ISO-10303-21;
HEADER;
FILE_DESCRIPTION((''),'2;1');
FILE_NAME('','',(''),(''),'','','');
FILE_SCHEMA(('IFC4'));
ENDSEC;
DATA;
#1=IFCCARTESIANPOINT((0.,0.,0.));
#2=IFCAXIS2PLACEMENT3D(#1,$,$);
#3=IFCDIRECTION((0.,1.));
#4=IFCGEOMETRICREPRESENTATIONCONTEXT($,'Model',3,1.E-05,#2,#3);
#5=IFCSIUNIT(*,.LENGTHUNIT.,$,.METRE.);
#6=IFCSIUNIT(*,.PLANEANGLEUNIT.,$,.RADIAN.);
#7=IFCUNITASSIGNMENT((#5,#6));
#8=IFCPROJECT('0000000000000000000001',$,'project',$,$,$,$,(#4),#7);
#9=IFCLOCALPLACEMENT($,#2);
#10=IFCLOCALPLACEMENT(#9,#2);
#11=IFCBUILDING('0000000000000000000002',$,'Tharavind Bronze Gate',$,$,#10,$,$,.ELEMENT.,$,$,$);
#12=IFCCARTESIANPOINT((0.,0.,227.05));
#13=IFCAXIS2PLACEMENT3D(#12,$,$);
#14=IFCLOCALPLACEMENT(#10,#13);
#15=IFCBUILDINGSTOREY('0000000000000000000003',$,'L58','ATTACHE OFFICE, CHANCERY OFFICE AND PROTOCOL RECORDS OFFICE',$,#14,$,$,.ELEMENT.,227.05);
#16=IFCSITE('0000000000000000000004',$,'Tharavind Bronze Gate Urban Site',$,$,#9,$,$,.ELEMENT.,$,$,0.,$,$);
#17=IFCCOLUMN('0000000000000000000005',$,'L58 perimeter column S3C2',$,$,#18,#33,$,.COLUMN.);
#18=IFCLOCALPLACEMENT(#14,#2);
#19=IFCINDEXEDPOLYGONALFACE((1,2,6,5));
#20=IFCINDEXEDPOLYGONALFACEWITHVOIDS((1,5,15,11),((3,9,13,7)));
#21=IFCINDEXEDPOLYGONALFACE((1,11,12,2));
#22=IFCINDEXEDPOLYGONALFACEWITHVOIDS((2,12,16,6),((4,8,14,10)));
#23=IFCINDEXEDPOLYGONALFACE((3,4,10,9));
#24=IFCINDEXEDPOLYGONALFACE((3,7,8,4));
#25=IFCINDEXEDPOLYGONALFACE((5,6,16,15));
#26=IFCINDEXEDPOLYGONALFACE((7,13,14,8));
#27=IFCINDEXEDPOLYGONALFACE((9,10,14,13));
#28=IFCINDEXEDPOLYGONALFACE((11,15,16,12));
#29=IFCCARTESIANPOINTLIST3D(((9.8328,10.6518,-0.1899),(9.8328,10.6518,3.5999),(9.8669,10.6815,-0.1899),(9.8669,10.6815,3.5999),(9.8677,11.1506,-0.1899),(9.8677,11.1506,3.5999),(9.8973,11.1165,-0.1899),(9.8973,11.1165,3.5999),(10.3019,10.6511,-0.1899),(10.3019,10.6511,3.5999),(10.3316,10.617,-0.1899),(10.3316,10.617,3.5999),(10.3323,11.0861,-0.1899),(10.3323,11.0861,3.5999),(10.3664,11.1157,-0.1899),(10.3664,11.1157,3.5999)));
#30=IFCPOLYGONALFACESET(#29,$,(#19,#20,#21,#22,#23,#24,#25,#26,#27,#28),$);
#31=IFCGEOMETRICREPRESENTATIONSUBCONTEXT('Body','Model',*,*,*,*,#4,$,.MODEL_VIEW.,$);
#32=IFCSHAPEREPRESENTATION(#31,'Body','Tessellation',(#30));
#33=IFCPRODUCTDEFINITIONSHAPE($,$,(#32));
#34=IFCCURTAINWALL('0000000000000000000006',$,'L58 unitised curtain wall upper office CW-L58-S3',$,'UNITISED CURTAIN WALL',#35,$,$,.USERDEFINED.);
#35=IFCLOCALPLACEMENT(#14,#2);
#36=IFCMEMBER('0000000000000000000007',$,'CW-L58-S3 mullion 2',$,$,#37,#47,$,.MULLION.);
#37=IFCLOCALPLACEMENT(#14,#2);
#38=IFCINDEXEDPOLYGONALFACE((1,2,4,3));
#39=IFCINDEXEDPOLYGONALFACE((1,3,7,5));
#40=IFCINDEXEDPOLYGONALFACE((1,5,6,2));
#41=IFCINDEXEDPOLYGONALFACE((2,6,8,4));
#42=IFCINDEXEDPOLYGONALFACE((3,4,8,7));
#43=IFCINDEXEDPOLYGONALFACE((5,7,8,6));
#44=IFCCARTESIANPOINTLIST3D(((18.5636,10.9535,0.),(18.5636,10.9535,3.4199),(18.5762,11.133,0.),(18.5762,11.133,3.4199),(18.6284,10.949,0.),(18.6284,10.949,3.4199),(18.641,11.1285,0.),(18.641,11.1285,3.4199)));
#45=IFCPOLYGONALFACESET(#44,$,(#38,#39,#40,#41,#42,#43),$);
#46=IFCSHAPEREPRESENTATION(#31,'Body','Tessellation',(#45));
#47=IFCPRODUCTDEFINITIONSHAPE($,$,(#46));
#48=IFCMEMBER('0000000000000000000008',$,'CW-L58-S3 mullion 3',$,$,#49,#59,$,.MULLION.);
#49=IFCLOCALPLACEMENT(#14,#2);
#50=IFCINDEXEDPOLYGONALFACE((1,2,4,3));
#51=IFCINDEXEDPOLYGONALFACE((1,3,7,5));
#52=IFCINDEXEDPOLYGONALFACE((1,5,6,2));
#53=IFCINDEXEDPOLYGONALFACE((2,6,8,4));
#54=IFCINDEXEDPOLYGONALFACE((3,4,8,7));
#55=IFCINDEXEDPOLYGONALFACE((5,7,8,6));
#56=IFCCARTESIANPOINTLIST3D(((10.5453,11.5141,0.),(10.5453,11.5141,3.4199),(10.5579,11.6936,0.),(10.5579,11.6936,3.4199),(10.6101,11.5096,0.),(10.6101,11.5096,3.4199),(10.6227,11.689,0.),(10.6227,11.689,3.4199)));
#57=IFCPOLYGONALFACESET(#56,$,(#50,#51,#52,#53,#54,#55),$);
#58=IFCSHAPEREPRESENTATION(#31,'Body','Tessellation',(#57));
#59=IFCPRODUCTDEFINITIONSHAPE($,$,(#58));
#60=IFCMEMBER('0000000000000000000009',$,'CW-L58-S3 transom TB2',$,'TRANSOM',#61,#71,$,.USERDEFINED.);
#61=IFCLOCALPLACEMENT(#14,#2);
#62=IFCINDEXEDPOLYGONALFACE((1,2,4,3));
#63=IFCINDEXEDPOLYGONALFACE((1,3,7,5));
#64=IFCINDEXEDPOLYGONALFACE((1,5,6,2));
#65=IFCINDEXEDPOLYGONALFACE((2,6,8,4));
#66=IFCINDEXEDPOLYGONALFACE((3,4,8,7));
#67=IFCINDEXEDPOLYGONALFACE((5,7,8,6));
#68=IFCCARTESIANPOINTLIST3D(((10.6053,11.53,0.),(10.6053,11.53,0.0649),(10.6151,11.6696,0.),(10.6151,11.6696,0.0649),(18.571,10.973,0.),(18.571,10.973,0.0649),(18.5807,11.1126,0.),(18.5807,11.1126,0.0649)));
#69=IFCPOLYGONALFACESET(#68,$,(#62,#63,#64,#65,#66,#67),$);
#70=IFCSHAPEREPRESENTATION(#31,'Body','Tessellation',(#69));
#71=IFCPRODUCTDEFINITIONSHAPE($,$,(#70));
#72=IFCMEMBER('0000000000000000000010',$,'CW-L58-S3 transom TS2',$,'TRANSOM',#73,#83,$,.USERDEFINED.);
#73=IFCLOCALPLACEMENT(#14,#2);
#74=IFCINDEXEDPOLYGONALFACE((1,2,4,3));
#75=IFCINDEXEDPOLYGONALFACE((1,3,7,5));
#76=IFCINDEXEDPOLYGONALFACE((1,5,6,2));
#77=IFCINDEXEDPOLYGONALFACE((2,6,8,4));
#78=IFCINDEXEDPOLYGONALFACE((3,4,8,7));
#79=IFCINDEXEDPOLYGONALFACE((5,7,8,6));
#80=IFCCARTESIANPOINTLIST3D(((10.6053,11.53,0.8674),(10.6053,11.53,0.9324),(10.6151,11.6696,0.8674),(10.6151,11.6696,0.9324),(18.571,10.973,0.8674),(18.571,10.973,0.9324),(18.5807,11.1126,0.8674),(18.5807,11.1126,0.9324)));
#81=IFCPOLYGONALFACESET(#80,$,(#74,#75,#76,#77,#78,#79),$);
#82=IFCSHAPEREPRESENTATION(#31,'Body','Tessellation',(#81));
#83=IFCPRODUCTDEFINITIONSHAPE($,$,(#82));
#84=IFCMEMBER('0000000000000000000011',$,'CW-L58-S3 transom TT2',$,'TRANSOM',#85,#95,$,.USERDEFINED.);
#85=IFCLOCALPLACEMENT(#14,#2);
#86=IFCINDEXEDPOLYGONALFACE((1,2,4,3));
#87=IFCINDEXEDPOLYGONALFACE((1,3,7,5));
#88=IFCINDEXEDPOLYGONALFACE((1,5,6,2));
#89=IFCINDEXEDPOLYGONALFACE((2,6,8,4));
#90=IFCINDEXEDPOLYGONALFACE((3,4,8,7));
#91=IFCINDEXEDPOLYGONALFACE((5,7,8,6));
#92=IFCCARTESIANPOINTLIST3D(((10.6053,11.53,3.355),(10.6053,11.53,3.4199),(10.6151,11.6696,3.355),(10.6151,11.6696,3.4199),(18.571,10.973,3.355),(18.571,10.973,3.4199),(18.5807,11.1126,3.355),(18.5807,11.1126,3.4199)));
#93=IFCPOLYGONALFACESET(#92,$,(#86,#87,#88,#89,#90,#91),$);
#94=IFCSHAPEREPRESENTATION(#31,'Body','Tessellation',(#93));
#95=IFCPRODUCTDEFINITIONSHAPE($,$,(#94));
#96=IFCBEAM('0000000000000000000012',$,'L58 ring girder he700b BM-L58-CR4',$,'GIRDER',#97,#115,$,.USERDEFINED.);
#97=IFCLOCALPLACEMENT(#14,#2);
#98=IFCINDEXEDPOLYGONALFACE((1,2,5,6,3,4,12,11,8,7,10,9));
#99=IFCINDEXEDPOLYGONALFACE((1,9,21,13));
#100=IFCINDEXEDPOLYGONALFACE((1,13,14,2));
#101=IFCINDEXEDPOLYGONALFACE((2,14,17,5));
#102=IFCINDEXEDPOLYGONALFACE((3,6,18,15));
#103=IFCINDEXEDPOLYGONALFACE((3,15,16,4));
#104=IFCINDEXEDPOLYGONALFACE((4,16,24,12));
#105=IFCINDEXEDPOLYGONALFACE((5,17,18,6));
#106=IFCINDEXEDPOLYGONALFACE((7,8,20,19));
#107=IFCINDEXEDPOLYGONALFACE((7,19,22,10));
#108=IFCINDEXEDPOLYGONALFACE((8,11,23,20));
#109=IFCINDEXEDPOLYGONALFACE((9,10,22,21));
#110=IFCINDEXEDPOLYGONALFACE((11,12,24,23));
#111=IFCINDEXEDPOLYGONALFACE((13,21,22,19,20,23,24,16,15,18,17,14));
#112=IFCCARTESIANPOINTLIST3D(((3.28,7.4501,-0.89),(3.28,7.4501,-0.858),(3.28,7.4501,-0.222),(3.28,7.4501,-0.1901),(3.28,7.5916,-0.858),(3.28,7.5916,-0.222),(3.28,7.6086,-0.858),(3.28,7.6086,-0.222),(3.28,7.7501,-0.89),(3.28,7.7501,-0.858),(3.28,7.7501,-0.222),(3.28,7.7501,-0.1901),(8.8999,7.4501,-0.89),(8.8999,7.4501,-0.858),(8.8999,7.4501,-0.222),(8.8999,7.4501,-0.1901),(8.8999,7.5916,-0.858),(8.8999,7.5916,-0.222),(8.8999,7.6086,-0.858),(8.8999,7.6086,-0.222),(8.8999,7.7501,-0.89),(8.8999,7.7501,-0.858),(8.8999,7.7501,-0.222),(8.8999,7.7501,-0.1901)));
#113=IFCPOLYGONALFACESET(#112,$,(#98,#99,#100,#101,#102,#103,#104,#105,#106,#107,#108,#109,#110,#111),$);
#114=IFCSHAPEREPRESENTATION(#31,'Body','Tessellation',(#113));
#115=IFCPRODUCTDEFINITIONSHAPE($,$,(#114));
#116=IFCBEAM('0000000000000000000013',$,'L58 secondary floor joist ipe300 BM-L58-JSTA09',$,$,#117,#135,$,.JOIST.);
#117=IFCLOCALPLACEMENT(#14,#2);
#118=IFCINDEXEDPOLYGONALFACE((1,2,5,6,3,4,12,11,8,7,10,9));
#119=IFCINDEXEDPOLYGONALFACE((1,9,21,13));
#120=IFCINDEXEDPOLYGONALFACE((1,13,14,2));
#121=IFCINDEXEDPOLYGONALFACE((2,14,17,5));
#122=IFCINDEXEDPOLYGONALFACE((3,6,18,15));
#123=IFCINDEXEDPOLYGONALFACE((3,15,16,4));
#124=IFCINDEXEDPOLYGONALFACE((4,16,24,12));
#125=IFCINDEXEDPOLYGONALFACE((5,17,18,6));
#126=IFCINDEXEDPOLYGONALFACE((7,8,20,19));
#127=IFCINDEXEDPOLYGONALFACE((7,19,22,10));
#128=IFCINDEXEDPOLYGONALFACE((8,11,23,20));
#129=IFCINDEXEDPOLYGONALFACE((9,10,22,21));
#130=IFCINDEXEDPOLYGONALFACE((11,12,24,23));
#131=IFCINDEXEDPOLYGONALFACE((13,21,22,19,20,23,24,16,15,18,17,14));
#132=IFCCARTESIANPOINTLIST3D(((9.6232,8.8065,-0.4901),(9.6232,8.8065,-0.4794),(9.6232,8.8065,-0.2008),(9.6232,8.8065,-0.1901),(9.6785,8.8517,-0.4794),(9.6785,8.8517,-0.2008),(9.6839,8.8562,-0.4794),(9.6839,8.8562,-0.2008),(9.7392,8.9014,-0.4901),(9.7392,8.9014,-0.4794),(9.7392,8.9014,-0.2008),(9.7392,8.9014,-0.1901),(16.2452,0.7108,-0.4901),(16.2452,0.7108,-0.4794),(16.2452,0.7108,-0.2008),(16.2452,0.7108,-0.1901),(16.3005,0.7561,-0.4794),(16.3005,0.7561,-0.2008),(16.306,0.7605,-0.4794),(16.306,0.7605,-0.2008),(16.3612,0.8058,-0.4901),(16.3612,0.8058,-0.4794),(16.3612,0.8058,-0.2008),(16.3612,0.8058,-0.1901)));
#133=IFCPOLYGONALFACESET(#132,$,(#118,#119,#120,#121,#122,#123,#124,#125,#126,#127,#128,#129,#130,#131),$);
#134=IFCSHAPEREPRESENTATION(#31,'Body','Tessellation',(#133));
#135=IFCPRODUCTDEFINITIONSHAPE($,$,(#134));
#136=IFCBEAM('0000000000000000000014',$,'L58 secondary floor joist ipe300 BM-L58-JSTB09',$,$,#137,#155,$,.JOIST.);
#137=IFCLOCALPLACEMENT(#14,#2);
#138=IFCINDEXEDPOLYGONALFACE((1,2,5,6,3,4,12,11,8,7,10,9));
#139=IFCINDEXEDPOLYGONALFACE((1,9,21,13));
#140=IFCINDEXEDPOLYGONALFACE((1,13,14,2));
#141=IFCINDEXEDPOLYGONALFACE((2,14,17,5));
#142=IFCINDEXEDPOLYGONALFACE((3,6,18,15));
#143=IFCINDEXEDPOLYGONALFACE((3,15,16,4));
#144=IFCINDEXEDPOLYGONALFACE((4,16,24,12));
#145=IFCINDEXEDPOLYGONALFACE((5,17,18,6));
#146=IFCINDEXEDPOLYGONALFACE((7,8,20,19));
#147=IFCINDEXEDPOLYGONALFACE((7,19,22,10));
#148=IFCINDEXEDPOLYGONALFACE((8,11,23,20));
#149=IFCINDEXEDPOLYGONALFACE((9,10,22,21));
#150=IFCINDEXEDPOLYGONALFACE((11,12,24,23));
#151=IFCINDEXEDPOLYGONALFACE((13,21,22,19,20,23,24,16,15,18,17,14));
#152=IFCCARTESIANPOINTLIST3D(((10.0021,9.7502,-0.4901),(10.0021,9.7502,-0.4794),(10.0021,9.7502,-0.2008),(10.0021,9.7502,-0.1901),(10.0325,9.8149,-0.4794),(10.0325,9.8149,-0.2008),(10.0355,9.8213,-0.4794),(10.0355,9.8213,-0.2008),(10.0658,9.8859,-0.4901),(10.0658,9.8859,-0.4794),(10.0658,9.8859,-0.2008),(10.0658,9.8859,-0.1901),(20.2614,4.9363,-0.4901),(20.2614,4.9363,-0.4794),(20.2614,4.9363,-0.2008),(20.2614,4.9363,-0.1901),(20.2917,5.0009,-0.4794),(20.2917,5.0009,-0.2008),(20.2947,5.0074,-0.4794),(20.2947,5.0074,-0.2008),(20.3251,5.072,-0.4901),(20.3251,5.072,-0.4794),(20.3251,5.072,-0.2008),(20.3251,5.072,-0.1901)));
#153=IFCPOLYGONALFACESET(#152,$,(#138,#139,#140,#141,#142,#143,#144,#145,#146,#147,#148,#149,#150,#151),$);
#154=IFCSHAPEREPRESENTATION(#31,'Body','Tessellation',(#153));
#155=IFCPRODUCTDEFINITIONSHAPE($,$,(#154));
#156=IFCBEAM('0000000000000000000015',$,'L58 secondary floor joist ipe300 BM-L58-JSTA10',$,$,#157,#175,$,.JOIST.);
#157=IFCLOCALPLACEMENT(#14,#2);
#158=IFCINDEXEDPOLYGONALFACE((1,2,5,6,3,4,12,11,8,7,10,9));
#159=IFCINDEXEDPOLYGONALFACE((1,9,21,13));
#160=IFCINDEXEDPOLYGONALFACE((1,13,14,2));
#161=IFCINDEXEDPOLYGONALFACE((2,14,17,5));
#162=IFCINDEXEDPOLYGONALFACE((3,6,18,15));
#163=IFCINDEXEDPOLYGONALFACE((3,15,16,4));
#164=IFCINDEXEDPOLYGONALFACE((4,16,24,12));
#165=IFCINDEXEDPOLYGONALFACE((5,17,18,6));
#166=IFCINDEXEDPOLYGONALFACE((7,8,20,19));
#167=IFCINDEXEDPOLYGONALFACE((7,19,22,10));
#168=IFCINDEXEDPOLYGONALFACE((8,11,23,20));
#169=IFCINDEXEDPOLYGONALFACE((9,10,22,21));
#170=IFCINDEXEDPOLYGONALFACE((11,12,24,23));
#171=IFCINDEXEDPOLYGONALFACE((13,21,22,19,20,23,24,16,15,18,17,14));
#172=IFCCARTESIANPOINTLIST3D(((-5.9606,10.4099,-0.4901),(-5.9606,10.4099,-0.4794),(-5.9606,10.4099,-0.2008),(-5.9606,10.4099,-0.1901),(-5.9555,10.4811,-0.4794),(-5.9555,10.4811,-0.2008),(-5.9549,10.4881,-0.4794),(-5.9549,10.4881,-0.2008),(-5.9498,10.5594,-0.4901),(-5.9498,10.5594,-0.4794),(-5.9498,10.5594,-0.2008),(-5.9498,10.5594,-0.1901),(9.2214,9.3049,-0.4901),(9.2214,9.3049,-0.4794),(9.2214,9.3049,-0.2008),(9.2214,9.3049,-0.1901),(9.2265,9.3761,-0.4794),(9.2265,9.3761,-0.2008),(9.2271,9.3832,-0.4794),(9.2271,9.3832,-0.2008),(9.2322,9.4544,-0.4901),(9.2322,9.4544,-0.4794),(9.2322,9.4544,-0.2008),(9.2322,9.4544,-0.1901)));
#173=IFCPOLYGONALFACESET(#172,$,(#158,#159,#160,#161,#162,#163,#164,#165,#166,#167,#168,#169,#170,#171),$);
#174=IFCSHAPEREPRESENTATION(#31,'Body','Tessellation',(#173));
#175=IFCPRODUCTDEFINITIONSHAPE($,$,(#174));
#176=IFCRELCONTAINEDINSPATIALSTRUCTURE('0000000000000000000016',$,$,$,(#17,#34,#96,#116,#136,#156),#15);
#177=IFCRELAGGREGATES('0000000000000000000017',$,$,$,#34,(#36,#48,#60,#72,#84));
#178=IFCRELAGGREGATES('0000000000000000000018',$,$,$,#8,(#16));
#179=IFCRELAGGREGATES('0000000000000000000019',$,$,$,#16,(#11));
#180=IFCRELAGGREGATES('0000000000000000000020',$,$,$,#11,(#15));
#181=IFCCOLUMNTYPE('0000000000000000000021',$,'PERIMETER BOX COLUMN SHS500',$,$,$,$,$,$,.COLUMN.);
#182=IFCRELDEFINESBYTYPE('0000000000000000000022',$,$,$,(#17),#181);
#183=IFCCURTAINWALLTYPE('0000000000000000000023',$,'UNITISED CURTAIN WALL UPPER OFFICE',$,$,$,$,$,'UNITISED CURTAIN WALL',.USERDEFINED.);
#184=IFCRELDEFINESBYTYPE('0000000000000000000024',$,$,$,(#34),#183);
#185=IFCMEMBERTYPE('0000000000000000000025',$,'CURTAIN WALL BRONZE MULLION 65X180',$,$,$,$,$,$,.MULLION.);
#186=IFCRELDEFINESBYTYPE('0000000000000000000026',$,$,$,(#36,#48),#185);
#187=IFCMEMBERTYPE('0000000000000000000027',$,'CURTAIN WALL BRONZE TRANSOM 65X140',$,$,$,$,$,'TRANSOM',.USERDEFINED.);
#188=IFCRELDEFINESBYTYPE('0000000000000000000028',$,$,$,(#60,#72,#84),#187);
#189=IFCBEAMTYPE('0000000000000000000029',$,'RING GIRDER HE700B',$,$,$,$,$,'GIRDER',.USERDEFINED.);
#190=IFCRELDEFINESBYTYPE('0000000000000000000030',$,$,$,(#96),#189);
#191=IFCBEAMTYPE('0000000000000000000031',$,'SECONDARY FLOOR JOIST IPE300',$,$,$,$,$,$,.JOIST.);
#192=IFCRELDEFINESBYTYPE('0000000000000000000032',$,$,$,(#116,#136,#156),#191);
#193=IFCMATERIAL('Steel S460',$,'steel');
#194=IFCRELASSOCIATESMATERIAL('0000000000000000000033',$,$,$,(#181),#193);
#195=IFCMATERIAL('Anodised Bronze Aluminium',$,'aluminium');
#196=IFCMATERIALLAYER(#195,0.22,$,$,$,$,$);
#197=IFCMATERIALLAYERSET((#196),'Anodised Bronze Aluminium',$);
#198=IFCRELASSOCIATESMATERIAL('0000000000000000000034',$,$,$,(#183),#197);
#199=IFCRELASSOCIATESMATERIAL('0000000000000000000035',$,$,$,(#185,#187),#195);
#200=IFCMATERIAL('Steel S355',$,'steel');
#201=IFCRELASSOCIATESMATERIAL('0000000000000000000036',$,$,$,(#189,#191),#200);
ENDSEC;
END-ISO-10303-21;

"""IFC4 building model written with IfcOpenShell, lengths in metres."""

from ifc_helpers import new_model, si_unit, direction, frame, origin, origin_2d, place, context, subcontext, project, spatial, rectangle, hollow_rectangle, i_section, extrude, material, layer, layer_set, material_profile, profile_set, type_object, element, aggregate, save


model = new_model("IFC4")

# Units and contexts
model_context = context("Model", 3, precision=1e-05, world=origin(), true_north=direction((0.0, 1.0)))
body_context = subcontext(model_context, "Body", "Model", "MODEL_VIEW")
ifc_project = project(units=[si_unit("LENGTHUNIT", "METRE"), si_unit("PLANEANGLEUNIT", "RADIAN")], contexts=[model_context])

# Site, building, storey
site_placement = place(None, origin())
site = spatial("IfcSite", under=ifc_project, at=site_placement, Name="Tharavind Bronze Gate Urban Site", CompositionType="ELEMENT", RefElevation=0.0)
building_placement = place(site_placement, origin())
building = spatial("IfcBuilding", under=site, at=building_placement, Name="Tharavind Bronze Gate", CompositionType="ELEMENT")
storey_placement = place(building_placement, frame((0.0, 0.0, 227.05)))
storey = spatial("IfcBuildingStorey", under=building, at=storey_placement, Name="L58", Description="ATTACHE OFFICE, CHANCERY OFFICE AND PROTOCOL RECORDS OFFICE", CompositionType="ELEMENT", Elevation=227.05)

# Column
ifc_material_1 = material(Name="Steel S460", Category="steel")
ifc_material_profile_1 = material_profile(ifc_material_1, hollow_rectangle(XDim=0.5, YDim=0.5, WallThickness=0.032, at=origin_2d()), Name="SHS500X32")
ifc_profile_set_1 = profile_set([ifc_material_profile_1], Name="Steel S460")
column_type = type_object("IfcColumnType", Name="PERIMETER BOX COLUMN SHS500", PredefinedType="COLUMN", material=ifc_profile_set_1)
column_placement = place(storey_placement, frame((10.0996, 10.8838, -0.1899), z_axis=(0.0, 0.0, 1.0), x_axis=(-0.997564, 0.069756, 0.0)))
element("IfcColumn", 1, at=column_placement, inside=storey, type_object=column_type, Name="L58 perimeter column S3C2", PredefinedType="COLUMN", context=body_context, shape_type="SweptSolid", body=[
    extrude(hollow_rectangle(XDim=0.5, YDim=0.5, WallThickness=0.032, at=origin_2d()), origin(), (0.0, 0.0, 1.0), 3.7898),
])

# Curtain wall, members
ifc_material_2 = material(Name="Anodised Bronze Aluminium", Category="aluminium")
ifc_layer_1 = layer(ifc_material_2, 0.22)
ifc_layer_set_1 = layer_set([ifc_layer_1], Name="Anodised Bronze Aluminium")
curtain_wall_type = type_object("IfcCurtainWallType", Name="UNITISED CURTAIN WALL UPPER OFFICE", ElementType="UNITISED CURTAIN WALL", PredefinedType="USERDEFINED", material=ifc_layer_set_1)
curtain_wall_placement = place(storey_placement, origin())
curtain_wall = element("IfcCurtainWall", 2, at=curtain_wall_placement, inside=storey, type_object=curtain_wall_type, Name="L58 unitised curtain wall upper office CW-L58-S3", ObjectType="UNITISED CURTAIN WALL", PredefinedType="USERDEFINED")
member_type_1 = type_object("IfcMemberType", Name="CURTAIN WALL BRONZE MULLION 65X180", PredefinedType="MULLION", material=ifc_material_2)
member_1_placement = place(storey_placement, frame((18.6023, 11.041, 0.0), z_axis=(0.0, 0.0, 1.0), x_axis=(-0.997564, 0.069758, 0.0)))
member_1 = element("IfcMember", 3, at=member_1_placement, type_object=member_type_1, Name="CW-L58-S3 mullion 2", PredefinedType="MULLION", context=body_context, shape_type="SweptSolid", body=[
    extrude(rectangle(XDim=0.0649, YDim=0.1799, at=origin_2d()), origin(), (0.0, 0.0, 1.0), 3.4199),
])
member_2_placement = place(storey_placement, frame((10.584, 11.6016, 0.0), z_axis=(0.0, 0.0, 1.0), x_axis=(-0.997564, 0.069758, 0.0)))
member_2 = element("IfcMember", 4, at=member_2_placement, type_object=member_type_1, Name="CW-L58-S3 mullion 3", PredefinedType="MULLION", context=body_context, shape_type="SweptSolid", body=[
    extrude(rectangle(XDim=0.0649, YDim=0.1799, at=origin_2d()), origin(), (0.0, 0.0, 1.0), 3.4199),
])
member_type_2 = type_object("IfcMemberType", Name="CURTAIN WALL BRONZE TRANSOM 65X140", ElementType="TRANSOM", PredefinedType="USERDEFINED", material=ifc_material_2)
member_3_placement = place(storey_placement, frame((14.593, 11.3213, 0.0), z_axis=(0.0, 0.0, 1.0), x_axis=(-0.997564, 0.069758, 0.0)))
member_3 = element("IfcMember", 5, at=member_3_placement, type_object=member_type_2, Name="CW-L58-S3 transom TB2", ObjectType="TRANSOM", PredefinedType="USERDEFINED", context=body_context, shape_type="SweptSolid", body=[
    extrude(rectangle(XDim=7.9851, YDim=0.1399, at=origin_2d()), origin(), (0.0, 0.0, 1.0), 0.0649),
])
member_4_placement = place(storey_placement, frame((14.593, 11.3213, 0.8674), z_axis=(0.0, 0.0, 1.0), x_axis=(-0.997564, 0.069758, 0.0)))
member_4 = element("IfcMember", 6, at=member_4_placement, type_object=member_type_2, Name="CW-L58-S3 transom TS2", ObjectType="TRANSOM", PredefinedType="USERDEFINED", context=body_context, shape_type="SweptSolid", body=[
    extrude(rectangle(XDim=7.9851, YDim=0.1399, at=origin_2d()), origin(), (0.0, 0.0, 1.0), 0.0649),
])
member_5_placement = place(storey_placement, frame((14.593, 11.3213, 3.355), z_axis=(0.0, 0.0, 1.0), x_axis=(-0.997564, 0.069758, 0.0)))
member_5 = element("IfcMember", 7, at=member_5_placement, type_object=member_type_2, Name="CW-L58-S3 transom TT2", ObjectType="TRANSOM", PredefinedType="USERDEFINED", context=body_context, shape_type="SweptSolid", body=[
    extrude(rectangle(XDim=7.9851, YDim=0.1399, at=origin_2d()), origin(), (0.0, 0.0, 1.0), 0.0649),
])

# Beams
ifc_material_3 = material(Name="Steel S355", Category="steel")
ifc_material_profile_2 = material_profile(ifc_material_3, i_section(OverallWidth=0.3, OverallDepth=0.7, WebThickness=0.0171, FlangeThickness=0.032, at=origin_2d()), Name="HE700B")
ifc_profile_set_2 = profile_set([ifc_material_profile_2], Name="Steel S355")
beam_type_1 = type_object("IfcBeamType", Name="RING GIRDER HE700B", ElementType="GIRDER", PredefinedType="USERDEFINED", material=ifc_profile_set_2)
beam_1_placement = place(storey_placement, frame((8.8999, 7.6001, -0.54), z_axis=(-1.0, 0.0, 0.0), x_axis=(0.0, -1.0, 0.0)))
element("IfcBeam", 8, at=beam_1_placement, inside=storey, type_object=beam_type_1, Name="L58 ring girder he700b BM-L58-CR4", ObjectType="GIRDER", PredefinedType="USERDEFINED", context=body_context, shape_type="SweptSolid", body=[
    extrude(i_section(OverallWidth=0.3, OverallDepth=0.7, WebThickness=0.0171, FlangeThickness=0.032, at=origin_2d()), origin(), (0.0, 0.0, 1.0), 5.6199),
])
ifc_material_profile_3 = material_profile(ifc_material_3, i_section(OverallWidth=0.1499, OverallDepth=0.3, WebThickness=0.0071, FlangeThickness=0.0107, at=origin_2d()), Name="IPE300")
ifc_profile_set_3 = profile_set([ifc_material_profile_3], Name="Steel S355")
beam_type_2 = type_object("IfcBeamType", Name="SECONDARY FLOOR JOIST IPE300", PredefinedType="JOIST", material=ifc_profile_set_3)
beam_2_placement = place(storey_placement, frame((16.3032, 0.7583, -0.3401), z_axis=(-0.633141, 0.774036, 0.0), x_axis=(-0.774036, -0.633141, 0.0)))
element("IfcBeam", 9, at=beam_2_placement, inside=storey, type_object=beam_type_2, Name="L58 secondary floor joist ipe300 BM-L58-JSTA09", PredefinedType="JOIST", context=body_context, shape_type="SweptSolid", body=[
    extrude(i_section(OverallWidth=0.1499, OverallDepth=0.3, WebThickness=0.0071, FlangeThickness=0.0107, at=origin_2d()), origin(), (0.0, 0.0, 1.0), 10.459),
])
beam_3_placement = place(storey_placement, frame((20.2932, 5.0042, -0.3401), z_axis=(-0.905292, 0.42479, 0.0), x_axis=(-0.42479, -0.905292, 0.0)))
element("IfcBeam", 10, at=beam_3_placement, inside=storey, type_object=beam_type_2, Name="L58 secondary floor joist ipe300 BM-L58-JSTB09", PredefinedType="JOIST", context=body_context, shape_type="SweptSolid", body=[
    extrude(i_section(OverallWidth=0.1499, OverallDepth=0.3, WebThickness=0.0071, FlangeThickness=0.0107, at=origin_2d()), origin(), (0.0, 0.0, 1.0), 11.3325),
])
beam_4_placement = place(storey_placement, frame((9.2268, 9.3796, -0.3401), z_axis=(-0.997362, 0.07259, 0.0), x_axis=(-0.07259, -0.997362, 0.0)))
element("IfcBeam", 11, at=beam_4_placement, inside=storey, type_object=beam_type_2, Name="L58 secondary floor joist ipe300 BM-L58-JSTA10", PredefinedType="JOIST", context=body_context, shape_type="SweptSolid", body=[
    extrude(i_section(OverallWidth=0.1499, OverallDepth=0.3, WebThickness=0.0071, FlangeThickness=0.0107, at=origin_2d()), origin(), (0.0, 0.0, 1.0), 15.2222),
])

aggregate(curtain_wall, [member_1, member_2, member_3, member_4, member_5])

save(model, "model.ifc")
